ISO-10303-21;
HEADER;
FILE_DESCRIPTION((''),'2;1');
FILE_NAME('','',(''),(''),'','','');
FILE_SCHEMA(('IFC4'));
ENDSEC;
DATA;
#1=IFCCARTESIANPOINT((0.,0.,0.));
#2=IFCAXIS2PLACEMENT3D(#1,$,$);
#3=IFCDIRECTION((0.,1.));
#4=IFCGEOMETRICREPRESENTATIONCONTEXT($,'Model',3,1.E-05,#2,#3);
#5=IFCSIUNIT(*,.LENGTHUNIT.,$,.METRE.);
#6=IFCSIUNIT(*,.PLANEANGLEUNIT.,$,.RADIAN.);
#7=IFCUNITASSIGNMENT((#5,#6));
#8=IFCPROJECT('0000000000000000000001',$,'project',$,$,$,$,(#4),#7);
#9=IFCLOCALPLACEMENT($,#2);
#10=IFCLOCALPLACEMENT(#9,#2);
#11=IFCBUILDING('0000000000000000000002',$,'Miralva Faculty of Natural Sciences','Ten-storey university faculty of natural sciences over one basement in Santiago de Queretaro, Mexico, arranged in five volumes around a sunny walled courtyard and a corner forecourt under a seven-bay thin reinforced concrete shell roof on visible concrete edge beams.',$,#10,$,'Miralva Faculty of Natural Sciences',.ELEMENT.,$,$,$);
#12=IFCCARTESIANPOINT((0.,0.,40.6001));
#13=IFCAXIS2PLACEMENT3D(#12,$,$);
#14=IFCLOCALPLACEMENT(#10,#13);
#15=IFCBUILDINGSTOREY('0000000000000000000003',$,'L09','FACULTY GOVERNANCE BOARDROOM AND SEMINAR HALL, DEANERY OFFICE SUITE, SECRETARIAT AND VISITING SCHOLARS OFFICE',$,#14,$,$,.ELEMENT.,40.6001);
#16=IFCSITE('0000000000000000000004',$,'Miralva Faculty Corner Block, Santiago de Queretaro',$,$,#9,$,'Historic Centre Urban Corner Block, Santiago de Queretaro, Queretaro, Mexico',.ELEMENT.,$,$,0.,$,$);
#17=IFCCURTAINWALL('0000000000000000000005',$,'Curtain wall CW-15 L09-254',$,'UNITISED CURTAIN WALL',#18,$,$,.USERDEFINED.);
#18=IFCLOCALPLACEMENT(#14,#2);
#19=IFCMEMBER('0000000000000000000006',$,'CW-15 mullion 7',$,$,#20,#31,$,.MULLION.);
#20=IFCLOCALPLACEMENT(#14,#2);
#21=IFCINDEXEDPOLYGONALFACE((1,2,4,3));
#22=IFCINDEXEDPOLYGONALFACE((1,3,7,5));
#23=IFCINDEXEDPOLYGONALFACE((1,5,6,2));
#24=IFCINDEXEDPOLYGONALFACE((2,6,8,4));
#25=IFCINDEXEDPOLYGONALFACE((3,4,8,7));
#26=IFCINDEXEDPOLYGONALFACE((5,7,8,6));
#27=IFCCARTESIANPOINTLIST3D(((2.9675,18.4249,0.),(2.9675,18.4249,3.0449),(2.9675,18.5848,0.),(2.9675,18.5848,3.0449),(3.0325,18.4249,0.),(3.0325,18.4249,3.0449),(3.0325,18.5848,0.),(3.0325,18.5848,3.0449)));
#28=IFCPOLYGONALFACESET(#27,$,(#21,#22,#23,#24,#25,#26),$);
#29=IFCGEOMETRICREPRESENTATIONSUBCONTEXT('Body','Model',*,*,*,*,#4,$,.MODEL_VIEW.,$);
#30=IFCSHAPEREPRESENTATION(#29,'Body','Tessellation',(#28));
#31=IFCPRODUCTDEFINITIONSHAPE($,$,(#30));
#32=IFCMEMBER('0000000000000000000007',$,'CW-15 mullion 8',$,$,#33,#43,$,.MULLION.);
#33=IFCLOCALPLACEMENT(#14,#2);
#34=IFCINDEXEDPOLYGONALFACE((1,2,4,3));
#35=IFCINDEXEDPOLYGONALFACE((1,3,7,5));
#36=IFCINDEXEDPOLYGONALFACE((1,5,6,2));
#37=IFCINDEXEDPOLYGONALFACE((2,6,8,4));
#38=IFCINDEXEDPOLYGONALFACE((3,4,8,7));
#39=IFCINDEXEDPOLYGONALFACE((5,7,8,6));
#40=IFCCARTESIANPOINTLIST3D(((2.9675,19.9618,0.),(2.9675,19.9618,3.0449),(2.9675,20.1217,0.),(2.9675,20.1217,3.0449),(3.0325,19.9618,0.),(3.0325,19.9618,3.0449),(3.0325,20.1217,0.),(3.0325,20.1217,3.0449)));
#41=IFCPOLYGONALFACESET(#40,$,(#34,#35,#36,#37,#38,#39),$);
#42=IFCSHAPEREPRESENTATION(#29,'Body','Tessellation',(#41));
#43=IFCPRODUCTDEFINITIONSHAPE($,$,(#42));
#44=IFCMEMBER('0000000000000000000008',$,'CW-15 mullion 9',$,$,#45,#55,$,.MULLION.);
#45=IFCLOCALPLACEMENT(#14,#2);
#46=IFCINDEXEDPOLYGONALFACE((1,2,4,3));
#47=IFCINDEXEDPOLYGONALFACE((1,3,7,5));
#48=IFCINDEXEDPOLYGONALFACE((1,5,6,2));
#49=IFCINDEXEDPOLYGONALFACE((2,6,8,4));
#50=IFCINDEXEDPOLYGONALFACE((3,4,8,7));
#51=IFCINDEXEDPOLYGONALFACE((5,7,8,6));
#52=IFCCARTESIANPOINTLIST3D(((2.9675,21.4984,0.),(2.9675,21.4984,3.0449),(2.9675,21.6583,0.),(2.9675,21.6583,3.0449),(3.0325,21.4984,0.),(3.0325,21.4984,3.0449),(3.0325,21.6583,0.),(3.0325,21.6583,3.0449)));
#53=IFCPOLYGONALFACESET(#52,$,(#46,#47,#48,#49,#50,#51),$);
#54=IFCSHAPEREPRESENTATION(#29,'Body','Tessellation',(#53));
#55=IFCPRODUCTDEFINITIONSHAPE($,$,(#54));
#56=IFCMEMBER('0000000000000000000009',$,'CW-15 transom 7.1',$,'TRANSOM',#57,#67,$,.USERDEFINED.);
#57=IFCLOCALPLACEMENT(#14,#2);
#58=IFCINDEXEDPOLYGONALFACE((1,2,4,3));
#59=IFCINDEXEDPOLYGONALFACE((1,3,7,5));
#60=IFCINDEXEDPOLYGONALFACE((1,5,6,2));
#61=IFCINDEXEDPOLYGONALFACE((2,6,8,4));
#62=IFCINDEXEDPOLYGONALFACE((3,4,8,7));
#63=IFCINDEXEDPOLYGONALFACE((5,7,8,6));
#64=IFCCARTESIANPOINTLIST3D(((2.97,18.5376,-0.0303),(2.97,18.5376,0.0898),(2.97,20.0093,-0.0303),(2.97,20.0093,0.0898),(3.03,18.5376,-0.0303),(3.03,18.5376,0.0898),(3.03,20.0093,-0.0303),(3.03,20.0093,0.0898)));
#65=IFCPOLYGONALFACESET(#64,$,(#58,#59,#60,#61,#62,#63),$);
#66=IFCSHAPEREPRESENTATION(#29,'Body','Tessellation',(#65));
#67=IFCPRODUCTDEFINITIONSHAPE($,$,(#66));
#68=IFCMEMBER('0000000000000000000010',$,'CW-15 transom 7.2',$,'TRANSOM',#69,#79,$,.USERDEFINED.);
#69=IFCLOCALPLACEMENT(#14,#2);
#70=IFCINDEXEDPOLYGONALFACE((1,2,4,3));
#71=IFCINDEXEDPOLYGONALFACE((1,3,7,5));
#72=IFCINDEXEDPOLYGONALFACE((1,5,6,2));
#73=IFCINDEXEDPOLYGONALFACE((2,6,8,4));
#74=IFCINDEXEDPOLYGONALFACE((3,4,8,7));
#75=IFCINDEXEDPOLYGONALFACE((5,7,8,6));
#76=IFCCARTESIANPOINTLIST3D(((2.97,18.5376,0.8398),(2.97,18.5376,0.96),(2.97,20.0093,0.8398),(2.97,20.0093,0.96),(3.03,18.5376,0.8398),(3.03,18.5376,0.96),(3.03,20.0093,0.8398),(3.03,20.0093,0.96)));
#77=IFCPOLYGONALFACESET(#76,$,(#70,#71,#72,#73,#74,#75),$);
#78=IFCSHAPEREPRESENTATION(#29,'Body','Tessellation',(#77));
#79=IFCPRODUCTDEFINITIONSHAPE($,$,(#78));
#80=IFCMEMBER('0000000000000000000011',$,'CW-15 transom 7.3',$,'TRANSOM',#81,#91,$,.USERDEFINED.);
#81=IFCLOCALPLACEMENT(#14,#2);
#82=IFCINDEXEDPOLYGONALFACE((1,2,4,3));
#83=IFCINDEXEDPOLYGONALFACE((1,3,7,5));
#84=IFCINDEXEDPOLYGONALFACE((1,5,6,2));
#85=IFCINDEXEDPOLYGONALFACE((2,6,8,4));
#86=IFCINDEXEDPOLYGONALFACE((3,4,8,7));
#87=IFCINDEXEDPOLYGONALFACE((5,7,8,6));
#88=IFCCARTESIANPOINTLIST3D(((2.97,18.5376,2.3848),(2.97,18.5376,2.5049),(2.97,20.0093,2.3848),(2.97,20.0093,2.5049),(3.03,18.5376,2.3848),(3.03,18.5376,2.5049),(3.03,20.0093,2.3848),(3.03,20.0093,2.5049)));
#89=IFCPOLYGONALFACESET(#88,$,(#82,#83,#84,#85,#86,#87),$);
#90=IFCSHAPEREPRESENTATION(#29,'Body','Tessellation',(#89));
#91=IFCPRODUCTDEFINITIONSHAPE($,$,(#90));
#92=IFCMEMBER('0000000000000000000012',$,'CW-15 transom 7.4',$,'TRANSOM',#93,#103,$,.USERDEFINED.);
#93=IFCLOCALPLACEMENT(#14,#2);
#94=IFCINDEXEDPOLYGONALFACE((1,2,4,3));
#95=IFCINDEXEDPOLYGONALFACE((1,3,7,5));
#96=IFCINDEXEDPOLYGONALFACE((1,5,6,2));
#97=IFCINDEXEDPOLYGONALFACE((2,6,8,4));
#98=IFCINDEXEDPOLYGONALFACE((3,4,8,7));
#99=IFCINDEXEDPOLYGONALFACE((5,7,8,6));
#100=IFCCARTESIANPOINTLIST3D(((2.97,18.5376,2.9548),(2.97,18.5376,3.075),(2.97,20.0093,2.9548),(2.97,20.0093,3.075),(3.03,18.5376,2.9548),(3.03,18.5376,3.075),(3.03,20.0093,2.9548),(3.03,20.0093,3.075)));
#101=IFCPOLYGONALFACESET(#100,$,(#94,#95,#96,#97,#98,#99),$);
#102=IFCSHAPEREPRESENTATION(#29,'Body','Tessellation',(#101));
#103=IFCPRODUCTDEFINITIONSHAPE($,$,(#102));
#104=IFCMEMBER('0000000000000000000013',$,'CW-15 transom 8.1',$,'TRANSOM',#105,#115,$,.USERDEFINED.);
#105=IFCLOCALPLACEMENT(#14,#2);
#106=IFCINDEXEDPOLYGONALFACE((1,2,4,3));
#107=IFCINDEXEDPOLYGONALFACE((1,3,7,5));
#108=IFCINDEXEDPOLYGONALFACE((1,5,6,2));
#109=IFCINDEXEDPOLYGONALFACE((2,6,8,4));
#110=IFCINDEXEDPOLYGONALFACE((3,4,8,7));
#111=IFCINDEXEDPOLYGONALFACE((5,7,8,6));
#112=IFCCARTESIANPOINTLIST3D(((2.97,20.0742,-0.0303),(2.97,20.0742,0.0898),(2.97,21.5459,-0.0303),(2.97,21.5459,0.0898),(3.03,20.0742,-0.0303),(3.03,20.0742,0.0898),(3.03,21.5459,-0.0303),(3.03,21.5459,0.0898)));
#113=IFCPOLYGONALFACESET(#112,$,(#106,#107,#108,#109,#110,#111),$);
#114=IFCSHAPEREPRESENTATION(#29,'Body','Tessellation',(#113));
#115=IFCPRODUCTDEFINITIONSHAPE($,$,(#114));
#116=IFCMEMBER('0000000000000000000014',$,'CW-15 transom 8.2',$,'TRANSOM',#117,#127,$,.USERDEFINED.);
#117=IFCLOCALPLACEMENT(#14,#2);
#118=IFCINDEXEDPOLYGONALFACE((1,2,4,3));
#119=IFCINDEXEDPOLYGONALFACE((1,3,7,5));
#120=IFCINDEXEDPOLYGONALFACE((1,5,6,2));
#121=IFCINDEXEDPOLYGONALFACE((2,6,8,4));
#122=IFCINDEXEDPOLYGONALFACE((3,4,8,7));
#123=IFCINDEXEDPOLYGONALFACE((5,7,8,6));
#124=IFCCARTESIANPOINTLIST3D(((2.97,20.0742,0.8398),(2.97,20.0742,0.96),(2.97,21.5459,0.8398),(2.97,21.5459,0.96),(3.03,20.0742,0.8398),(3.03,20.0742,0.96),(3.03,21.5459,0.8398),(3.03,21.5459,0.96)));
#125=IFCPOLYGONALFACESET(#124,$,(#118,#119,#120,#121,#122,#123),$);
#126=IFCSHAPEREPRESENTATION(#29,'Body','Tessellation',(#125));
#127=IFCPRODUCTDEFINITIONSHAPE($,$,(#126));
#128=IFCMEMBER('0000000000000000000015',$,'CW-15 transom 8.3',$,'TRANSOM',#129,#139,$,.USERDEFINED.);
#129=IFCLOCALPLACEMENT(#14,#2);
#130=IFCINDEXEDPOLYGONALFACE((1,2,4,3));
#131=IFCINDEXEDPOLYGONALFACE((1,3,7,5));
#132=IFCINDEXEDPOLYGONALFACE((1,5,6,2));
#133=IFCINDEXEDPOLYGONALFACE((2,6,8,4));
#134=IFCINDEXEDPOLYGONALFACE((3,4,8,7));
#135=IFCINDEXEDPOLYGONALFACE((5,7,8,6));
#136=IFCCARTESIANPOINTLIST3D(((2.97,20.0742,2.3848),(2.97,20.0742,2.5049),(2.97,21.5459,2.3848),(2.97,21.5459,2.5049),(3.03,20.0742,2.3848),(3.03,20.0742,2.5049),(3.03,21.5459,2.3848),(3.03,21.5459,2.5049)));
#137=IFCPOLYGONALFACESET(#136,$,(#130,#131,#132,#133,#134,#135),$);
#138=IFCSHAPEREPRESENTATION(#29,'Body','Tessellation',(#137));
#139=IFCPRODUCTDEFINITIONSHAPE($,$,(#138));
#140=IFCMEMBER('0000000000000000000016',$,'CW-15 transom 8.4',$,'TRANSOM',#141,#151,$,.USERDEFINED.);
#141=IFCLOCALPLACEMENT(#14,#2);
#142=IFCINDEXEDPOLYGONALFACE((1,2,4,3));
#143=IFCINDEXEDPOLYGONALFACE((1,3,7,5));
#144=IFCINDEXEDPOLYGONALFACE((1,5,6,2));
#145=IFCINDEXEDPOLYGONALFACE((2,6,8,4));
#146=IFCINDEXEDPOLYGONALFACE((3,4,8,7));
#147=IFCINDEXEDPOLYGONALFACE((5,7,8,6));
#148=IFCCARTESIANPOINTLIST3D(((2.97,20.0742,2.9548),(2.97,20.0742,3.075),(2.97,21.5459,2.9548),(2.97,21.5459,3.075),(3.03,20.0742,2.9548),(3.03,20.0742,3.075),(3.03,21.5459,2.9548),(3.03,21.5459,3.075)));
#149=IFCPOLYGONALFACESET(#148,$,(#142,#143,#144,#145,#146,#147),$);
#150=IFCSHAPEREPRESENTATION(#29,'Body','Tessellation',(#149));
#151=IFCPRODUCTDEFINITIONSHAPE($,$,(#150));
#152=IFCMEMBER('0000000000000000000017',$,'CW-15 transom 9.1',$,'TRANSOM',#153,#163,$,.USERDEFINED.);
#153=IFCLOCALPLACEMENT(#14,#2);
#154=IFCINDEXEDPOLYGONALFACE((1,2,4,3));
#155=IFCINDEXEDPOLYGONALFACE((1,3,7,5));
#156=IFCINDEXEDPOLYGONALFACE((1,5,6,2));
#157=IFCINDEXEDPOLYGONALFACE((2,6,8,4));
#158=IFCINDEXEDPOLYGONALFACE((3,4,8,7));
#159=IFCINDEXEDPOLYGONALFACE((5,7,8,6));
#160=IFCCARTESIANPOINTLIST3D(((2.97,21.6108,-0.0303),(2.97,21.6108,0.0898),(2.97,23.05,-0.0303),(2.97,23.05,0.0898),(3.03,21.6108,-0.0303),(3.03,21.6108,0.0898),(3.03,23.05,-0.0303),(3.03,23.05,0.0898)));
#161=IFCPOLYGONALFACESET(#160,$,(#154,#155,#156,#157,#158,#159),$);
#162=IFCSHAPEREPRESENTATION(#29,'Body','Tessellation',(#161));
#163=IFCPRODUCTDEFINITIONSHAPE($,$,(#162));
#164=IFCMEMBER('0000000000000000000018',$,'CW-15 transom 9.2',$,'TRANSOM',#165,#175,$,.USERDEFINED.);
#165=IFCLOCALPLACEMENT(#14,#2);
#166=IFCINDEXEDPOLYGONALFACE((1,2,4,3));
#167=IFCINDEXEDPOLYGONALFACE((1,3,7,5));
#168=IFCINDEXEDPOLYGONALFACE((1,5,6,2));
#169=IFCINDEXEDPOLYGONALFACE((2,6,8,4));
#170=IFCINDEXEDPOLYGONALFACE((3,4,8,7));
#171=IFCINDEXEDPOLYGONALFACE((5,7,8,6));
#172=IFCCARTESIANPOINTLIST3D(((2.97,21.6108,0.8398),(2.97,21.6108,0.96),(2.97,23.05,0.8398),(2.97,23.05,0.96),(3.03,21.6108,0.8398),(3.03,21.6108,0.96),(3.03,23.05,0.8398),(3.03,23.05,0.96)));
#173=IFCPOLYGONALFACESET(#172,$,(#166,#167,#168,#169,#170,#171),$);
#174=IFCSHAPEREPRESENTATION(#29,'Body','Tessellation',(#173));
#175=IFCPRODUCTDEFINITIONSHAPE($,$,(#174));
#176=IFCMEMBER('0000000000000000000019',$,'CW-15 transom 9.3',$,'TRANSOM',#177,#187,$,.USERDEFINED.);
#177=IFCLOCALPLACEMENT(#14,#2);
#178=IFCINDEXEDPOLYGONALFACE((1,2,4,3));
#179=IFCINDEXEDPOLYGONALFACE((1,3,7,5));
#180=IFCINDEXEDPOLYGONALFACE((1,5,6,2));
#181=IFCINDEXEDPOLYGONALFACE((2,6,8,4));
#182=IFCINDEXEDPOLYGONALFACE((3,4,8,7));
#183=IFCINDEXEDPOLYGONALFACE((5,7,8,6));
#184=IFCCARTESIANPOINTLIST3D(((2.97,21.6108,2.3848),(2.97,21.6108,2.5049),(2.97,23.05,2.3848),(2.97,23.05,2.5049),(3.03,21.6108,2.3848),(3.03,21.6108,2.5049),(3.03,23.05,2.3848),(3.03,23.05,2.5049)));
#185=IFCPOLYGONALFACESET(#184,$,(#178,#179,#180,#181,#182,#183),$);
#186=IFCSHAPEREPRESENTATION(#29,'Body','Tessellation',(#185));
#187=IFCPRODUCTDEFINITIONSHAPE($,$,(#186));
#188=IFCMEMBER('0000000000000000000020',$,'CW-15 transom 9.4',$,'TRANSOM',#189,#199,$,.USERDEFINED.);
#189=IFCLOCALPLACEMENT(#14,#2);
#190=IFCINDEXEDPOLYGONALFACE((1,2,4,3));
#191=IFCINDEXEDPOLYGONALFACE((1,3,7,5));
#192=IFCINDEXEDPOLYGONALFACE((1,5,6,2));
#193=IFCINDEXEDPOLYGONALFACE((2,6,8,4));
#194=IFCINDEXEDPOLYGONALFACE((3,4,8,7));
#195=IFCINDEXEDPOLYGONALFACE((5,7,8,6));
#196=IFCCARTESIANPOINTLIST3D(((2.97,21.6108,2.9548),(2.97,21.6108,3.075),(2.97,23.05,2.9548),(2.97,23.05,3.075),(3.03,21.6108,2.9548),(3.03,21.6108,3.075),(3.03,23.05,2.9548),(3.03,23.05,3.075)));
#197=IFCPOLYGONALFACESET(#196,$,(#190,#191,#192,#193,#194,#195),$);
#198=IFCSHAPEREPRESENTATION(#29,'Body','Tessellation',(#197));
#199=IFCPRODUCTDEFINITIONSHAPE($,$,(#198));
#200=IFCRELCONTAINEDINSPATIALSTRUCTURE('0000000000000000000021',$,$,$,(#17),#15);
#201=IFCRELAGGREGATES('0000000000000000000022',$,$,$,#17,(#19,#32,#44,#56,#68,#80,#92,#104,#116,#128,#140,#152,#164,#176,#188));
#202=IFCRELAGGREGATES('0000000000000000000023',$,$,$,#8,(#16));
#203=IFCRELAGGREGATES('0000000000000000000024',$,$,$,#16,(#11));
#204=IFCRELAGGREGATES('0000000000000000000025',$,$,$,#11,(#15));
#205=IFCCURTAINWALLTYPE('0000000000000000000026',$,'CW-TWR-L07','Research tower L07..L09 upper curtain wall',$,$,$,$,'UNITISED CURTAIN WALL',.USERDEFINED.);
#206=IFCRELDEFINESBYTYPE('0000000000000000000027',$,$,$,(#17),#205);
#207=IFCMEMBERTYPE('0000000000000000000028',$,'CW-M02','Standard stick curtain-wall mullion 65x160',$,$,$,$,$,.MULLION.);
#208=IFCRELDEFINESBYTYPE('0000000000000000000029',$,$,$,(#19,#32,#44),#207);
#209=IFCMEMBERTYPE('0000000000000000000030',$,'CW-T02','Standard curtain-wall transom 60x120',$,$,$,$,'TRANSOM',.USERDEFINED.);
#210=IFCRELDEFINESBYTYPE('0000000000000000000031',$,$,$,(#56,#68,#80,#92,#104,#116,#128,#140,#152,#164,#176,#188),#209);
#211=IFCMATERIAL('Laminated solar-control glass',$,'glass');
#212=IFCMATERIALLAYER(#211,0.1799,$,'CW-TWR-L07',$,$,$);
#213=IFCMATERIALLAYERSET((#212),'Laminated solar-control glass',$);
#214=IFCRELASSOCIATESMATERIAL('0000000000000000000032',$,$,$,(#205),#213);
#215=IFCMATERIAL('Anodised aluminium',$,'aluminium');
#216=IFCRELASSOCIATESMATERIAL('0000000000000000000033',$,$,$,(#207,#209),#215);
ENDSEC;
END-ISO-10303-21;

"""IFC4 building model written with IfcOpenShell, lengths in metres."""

from ifc_helpers import new_model, si_unit, direction, frame, origin, origin_2d, place, context, subcontext, project, spatial, rectangle, extrude, material, layer, layer_set, material_profile, profile_set, type_object, element, aggregate, save


model = new_model("IFC4")

# Units and contexts
model_context = context("Model", 3, precision=1e-05, world=origin(), true_north=direction((0.0, 1.0)))
body_context = subcontext(model_context, "Body", "Model", "MODEL_VIEW")
ifc_project = project(units=[si_unit("LENGTHUNIT", "METRE"), si_unit("PLANEANGLEUNIT", "RADIAN")], contexts=[model_context])

# Site, building, storey
site_placement = place(None, origin())
site = spatial("IfcSite", under=ifc_project, at=site_placement, Name="Miralva Faculty Corner Block, Santiago de Queretaro", LongName="Historic Centre Urban Corner Block, Santiago de Queretaro, Queretaro, Mexico", CompositionType="ELEMENT", RefElevation=0.0)
building_placement = place(site_placement, origin())
building = spatial("IfcBuilding", under=site, at=building_placement, Name="Miralva Faculty of Natural Sciences", Description="Ten-storey university faculty of natural sciences over one basement in Santiago de Queretaro, Mexico, arranged in five volumes around a sunny walled courtyard and a corner forecourt under a seven-bay thin reinforced concrete shell roof on visible concrete edge beams.", LongName="Miralva Faculty of Natural Sciences", CompositionType="ELEMENT")
storey_placement = place(building_placement, frame((0.0, 0.0, 40.6001)))
storey = spatial("IfcBuildingStorey", under=building, at=storey_placement, Name="L09", Description="FACULTY GOVERNANCE BOARDROOM AND SEMINAR HALL, DEANERY OFFICE SUITE, SECRETARIAT AND VISITING SCHOLARS OFFICE", CompositionType="ELEMENT", Elevation=40.6001)

# Curtain wall, members
ifc_material_1 = material(Name="Laminated solar-control glass", Category="glass")
ifc_layer_1 = layer(ifc_material_1, 0.1799, Name="CW-TWR-L07")
ifc_layer_set_1 = layer_set([ifc_layer_1], Name="Laminated solar-control glass")
curtain_wall_type = type_object("IfcCurtainWallType", Name="CW-TWR-L07", Description="Research tower L07..L09 upper curtain wall", ElementType="UNITISED CURTAIN WALL", PredefinedType="USERDEFINED", material=ifc_layer_set_1)
curtain_wall_placement = place(storey_placement, origin())
curtain_wall = element("IfcCurtainWall", 1, at=curtain_wall_placement, inside=storey, type_object=curtain_wall_type, Name="Curtain wall CW-15 L09-254", ObjectType="UNITISED CURTAIN WALL", PredefinedType="USERDEFINED")
ifc_material_2 = material(Name="Anodised aluminium", Category="aluminium")
ifc_material_profile_1 = material_profile(ifc_material_2, rectangle(XDim=0.0649, YDim=0.1599, at=origin_2d()), Name="MULLION 65x160")
ifc_profile_set_1 = profile_set([ifc_material_profile_1], Name="Anodised aluminium")
member_type_1 = type_object("IfcMemberType", Name="CW-M02", Description="Standard stick curtain-wall mullion 65x160", PredefinedType="MULLION", material=ifc_profile_set_1)
member_1_placement = place(storey_placement, frame((3.0, 18.5049, 0.0), z_axis=(0.0, 0.0, 1.0), x_axis=(-1.0, 0.0, 0.0)))
member_1 = element("IfcMember", 2, at=member_1_placement, type_object=member_type_1, Name="CW-15 mullion 7", PredefinedType="MULLION", context=body_context, shape_type="SweptSolid", body=[
    extrude(rectangle(XDim=0.0649, YDim=0.1599, at=origin_2d()), origin(), (0.0, 0.0, 1.0), 3.0449),
])
member_2_placement = place(storey_placement, frame((3.0, 20.0417, 0.0), z_axis=(0.0, 0.0, 1.0), x_axis=(-1.0, 0.0, 0.0)))
member_2 = element("IfcMember", 3, at=member_2_placement, type_object=member_type_1, Name="CW-15 mullion 8", PredefinedType="MULLION", context=body_context, shape_type="SweptSolid", body=[
    extrude(rectangle(XDim=0.0649, YDim=0.1599, at=origin_2d()), origin(), (0.0, 0.0, 1.0), 3.0449),
])
member_3_placement = place(storey_placement, frame((3.0, 21.5784, 0.0), z_axis=(0.0, 0.0, 1.0), x_axis=(-1.0, 0.0, 0.0)))
member_3 = element("IfcMember", 4, at=member_3_placement, type_object=member_type_1, Name="CW-15 mullion 9", PredefinedType="MULLION", context=body_context, shape_type="SweptSolid", body=[
    extrude(rectangle(XDim=0.0649, YDim=0.1599, at=origin_2d()), origin(), (0.0, 0.0, 1.0), 3.0449),
])
ifc_material_profile_2 = material_profile(ifc_material_2, rectangle(XDim=0.0601, YDim=0.1201, at=origin_2d()), Name="TRANSOM 60x120")
ifc_profile_set_2 = profile_set([ifc_material_profile_2], Name="Anodised aluminium")
member_type_2 = type_object("IfcMemberType", Name="CW-T02", Description="Standard curtain-wall transom 60x120", ElementType="TRANSOM", PredefinedType="USERDEFINED", material=ifc_profile_set_2)
member_4_placement = place(storey_placement, frame((3.0, 18.5376, 0.0298), z_axis=(0.0, 1.0, 0.0), x_axis=(-1.0, 0.0, 0.0)))
member_4 = element("IfcMember", 5, at=member_4_placement, type_object=member_type_2, Name="CW-15 transom 7.1", ObjectType="TRANSOM", PredefinedType="USERDEFINED", context=body_context, shape_type="SweptSolid", body=[
    extrude(rectangle(XDim=0.0601, YDim=0.1201, at=origin_2d()), origin(), (0.0, 0.0, 1.0), 1.4717),
])
member_5_placement = place(storey_placement, frame((3.0, 18.5376, 0.8999), z_axis=(0.0, 1.0, 0.0), x_axis=(-1.0, 0.0, 0.0)))
member_5 = element("IfcMember", 6, at=member_5_placement, type_object=member_type_2, Name="CW-15 transom 7.2", ObjectType="TRANSOM", PredefinedType="USERDEFINED", context=body_context, shape_type="SweptSolid", body=[
    extrude(rectangle(XDim=0.0601, YDim=0.1201, at=origin_2d()), origin(), (0.0, 0.0, 1.0), 1.4717),
])
member_6_placement = place(storey_placement, frame((3.0, 18.5376, 2.4448), z_axis=(0.0, 1.0, 0.0), x_axis=(-1.0, 0.0, 0.0)))
member_6 = element("IfcMember", 7, at=member_6_placement, type_object=member_type_2, Name="CW-15 transom 7.3", ObjectType="TRANSOM", PredefinedType="USERDEFINED", context=body_context, shape_type="SweptSolid", body=[
    extrude(rectangle(XDim=0.0601, YDim=0.1201, at=origin_2d()), origin(), (0.0, 0.0, 1.0), 1.4717),
])
member_7_placement = place(storey_placement, frame((3.0, 18.5376, 3.0149), z_axis=(0.0, 1.0, 0.0), x_axis=(-1.0, 0.0, 0.0)))
member_7 = element("IfcMember", 8, at=member_7_placement, type_object=member_type_2, Name="CW-15 transom 7.4", ObjectType="TRANSOM", PredefinedType="USERDEFINED", context=body_context, shape_type="SweptSolid", body=[
    extrude(rectangle(XDim=0.0601, YDim=0.1201, at=origin_2d()), origin(), (0.0, 0.0, 1.0), 1.4717),
])
member_8_placement = place(storey_placement, frame((3.0, 20.0742, 0.0298), z_axis=(0.0, 1.0, 0.0), x_axis=(-1.0, 0.0, 0.0)))
member_8 = element("IfcMember", 9, at=member_8_placement, type_object=member_type_2, Name="CW-15 transom 8.1", ObjectType="TRANSOM", PredefinedType="USERDEFINED", context=body_context, shape_type="SweptSolid", body=[
    extrude(rectangle(XDim=0.0601, YDim=0.1201, at=origin_2d()), origin(), (0.0, 0.0, 1.0), 1.4717),
])
member_9_placement = place(storey_placement, frame((3.0, 20.0742, 0.8999), z_axis=(0.0, 1.0, 0.0), x_axis=(-1.0, 0.0, 0.0)))
member_9 = element("IfcMember", 10, at=member_9_placement, type_object=member_type_2, Name="CW-15 transom 8.2", ObjectType="TRANSOM", PredefinedType="USERDEFINED", context=body_context, shape_type="SweptSolid", body=[
    extrude(rectangle(XDim=0.0601, YDim=0.1201, at=origin_2d()), origin(), (0.0, 0.0, 1.0), 1.4717),
])
member_10_placement = place(storey_placement, frame((3.0, 20.0742, 2.4448), z_axis=(0.0, 1.0, 0.0), x_axis=(-1.0, 0.0, 0.0)))
member_10 = element("IfcMember", 11, at=member_10_placement, type_object=member_type_2, Name="CW-15 transom 8.3", ObjectType="TRANSOM", PredefinedType="USERDEFINED", context=body_context, shape_type="SweptSolid", body=[
    extrude(rectangle(XDim=0.0601, YDim=0.1201, at=origin_2d()), origin(), (0.0, 0.0, 1.0), 1.4717),
])
member_11_placement = place(storey_placement, frame((3.0, 20.0742, 3.0149), z_axis=(0.0, 1.0, 0.0), x_axis=(-1.0, 0.0, 0.0)))
member_11 = element("IfcMember", 12, at=member_11_placement, type_object=member_type_2, Name="CW-15 transom 8.4", ObjectType="TRANSOM", PredefinedType="USERDEFINED", context=body_context, shape_type="SweptSolid", body=[
    extrude(rectangle(XDim=0.0601, YDim=0.1201, at=origin_2d()), origin(), (0.0, 0.0, 1.0), 1.4717),
])
member_12_placement = place(storey_placement, frame((3.0, 21.6108, 0.0298), z_axis=(0.0, 1.0, 0.0), x_axis=(-1.0, 0.0, 0.0)))
member_12 = element("IfcMember", 13, at=member_12_placement, type_object=member_type_2, Name="CW-15 transom 9.1", ObjectType="TRANSOM", PredefinedType="USERDEFINED", context=body_context, shape_type="SweptSolid", body=[
    extrude(rectangle(XDim=0.0601, YDim=0.1201, at=origin_2d()), origin(), (0.0, 0.0, 1.0), 1.4392),
])
member_13_placement = place(storey_placement, frame((3.0, 21.6108, 0.8999), z_axis=(0.0, 1.0, 0.0), x_axis=(-1.0, 0.0, 0.0)))
member_13 = element("IfcMember", 14, at=member_13_placement, type_object=member_type_2, Name="CW-15 transom 9.2", ObjectType="TRANSOM", PredefinedType="USERDEFINED", context=body_context, shape_type="SweptSolid", body=[
    extrude(rectangle(XDim=0.0601, YDim=0.1201, at=origin_2d()), origin(), (0.0, 0.0, 1.0), 1.4392),
])
member_14_placement = place(storey_placement, frame((3.0, 21.6108, 2.4448), z_axis=(0.0, 1.0, 0.0), x_axis=(-1.0, 0.0, 0.0)))
member_14 = element("IfcMember", 15, at=member_14_placement, type_object=member_type_2, Name="CW-15 transom 9.3", ObjectType="TRANSOM", PredefinedType="USERDEFINED", context=body_context, shape_type="SweptSolid", body=[
    extrude(rectangle(XDim=0.0601, YDim=0.1201, at=origin_2d()), origin(), (0.0, 0.0, 1.0), 1.4392),
])
member_15_placement = place(storey_placement, frame((3.0, 21.6108, 3.0149), z_axis=(0.0, 1.0, 0.0), x_axis=(-1.0, 0.0, 0.0)))
member_15 = element("IfcMember", 16, at=member_15_placement, type_object=member_type_2, Name="CW-15 transom 9.4", ObjectType="TRANSOM", PredefinedType="USERDEFINED", context=body_context, shape_type="SweptSolid", body=[
    extrude(rectangle(XDim=0.0601, YDim=0.1201, at=origin_2d()), origin(), (0.0, 0.0, 1.0), 1.4392),
])
aggregate(curtain_wall, [member_1, member_2, member_3, member_4, member_5, member_6, member_7, member_8, member_9, member_10, member_11, member_12, member_13, member_14, member_15])

save(model, "model.ifc")
